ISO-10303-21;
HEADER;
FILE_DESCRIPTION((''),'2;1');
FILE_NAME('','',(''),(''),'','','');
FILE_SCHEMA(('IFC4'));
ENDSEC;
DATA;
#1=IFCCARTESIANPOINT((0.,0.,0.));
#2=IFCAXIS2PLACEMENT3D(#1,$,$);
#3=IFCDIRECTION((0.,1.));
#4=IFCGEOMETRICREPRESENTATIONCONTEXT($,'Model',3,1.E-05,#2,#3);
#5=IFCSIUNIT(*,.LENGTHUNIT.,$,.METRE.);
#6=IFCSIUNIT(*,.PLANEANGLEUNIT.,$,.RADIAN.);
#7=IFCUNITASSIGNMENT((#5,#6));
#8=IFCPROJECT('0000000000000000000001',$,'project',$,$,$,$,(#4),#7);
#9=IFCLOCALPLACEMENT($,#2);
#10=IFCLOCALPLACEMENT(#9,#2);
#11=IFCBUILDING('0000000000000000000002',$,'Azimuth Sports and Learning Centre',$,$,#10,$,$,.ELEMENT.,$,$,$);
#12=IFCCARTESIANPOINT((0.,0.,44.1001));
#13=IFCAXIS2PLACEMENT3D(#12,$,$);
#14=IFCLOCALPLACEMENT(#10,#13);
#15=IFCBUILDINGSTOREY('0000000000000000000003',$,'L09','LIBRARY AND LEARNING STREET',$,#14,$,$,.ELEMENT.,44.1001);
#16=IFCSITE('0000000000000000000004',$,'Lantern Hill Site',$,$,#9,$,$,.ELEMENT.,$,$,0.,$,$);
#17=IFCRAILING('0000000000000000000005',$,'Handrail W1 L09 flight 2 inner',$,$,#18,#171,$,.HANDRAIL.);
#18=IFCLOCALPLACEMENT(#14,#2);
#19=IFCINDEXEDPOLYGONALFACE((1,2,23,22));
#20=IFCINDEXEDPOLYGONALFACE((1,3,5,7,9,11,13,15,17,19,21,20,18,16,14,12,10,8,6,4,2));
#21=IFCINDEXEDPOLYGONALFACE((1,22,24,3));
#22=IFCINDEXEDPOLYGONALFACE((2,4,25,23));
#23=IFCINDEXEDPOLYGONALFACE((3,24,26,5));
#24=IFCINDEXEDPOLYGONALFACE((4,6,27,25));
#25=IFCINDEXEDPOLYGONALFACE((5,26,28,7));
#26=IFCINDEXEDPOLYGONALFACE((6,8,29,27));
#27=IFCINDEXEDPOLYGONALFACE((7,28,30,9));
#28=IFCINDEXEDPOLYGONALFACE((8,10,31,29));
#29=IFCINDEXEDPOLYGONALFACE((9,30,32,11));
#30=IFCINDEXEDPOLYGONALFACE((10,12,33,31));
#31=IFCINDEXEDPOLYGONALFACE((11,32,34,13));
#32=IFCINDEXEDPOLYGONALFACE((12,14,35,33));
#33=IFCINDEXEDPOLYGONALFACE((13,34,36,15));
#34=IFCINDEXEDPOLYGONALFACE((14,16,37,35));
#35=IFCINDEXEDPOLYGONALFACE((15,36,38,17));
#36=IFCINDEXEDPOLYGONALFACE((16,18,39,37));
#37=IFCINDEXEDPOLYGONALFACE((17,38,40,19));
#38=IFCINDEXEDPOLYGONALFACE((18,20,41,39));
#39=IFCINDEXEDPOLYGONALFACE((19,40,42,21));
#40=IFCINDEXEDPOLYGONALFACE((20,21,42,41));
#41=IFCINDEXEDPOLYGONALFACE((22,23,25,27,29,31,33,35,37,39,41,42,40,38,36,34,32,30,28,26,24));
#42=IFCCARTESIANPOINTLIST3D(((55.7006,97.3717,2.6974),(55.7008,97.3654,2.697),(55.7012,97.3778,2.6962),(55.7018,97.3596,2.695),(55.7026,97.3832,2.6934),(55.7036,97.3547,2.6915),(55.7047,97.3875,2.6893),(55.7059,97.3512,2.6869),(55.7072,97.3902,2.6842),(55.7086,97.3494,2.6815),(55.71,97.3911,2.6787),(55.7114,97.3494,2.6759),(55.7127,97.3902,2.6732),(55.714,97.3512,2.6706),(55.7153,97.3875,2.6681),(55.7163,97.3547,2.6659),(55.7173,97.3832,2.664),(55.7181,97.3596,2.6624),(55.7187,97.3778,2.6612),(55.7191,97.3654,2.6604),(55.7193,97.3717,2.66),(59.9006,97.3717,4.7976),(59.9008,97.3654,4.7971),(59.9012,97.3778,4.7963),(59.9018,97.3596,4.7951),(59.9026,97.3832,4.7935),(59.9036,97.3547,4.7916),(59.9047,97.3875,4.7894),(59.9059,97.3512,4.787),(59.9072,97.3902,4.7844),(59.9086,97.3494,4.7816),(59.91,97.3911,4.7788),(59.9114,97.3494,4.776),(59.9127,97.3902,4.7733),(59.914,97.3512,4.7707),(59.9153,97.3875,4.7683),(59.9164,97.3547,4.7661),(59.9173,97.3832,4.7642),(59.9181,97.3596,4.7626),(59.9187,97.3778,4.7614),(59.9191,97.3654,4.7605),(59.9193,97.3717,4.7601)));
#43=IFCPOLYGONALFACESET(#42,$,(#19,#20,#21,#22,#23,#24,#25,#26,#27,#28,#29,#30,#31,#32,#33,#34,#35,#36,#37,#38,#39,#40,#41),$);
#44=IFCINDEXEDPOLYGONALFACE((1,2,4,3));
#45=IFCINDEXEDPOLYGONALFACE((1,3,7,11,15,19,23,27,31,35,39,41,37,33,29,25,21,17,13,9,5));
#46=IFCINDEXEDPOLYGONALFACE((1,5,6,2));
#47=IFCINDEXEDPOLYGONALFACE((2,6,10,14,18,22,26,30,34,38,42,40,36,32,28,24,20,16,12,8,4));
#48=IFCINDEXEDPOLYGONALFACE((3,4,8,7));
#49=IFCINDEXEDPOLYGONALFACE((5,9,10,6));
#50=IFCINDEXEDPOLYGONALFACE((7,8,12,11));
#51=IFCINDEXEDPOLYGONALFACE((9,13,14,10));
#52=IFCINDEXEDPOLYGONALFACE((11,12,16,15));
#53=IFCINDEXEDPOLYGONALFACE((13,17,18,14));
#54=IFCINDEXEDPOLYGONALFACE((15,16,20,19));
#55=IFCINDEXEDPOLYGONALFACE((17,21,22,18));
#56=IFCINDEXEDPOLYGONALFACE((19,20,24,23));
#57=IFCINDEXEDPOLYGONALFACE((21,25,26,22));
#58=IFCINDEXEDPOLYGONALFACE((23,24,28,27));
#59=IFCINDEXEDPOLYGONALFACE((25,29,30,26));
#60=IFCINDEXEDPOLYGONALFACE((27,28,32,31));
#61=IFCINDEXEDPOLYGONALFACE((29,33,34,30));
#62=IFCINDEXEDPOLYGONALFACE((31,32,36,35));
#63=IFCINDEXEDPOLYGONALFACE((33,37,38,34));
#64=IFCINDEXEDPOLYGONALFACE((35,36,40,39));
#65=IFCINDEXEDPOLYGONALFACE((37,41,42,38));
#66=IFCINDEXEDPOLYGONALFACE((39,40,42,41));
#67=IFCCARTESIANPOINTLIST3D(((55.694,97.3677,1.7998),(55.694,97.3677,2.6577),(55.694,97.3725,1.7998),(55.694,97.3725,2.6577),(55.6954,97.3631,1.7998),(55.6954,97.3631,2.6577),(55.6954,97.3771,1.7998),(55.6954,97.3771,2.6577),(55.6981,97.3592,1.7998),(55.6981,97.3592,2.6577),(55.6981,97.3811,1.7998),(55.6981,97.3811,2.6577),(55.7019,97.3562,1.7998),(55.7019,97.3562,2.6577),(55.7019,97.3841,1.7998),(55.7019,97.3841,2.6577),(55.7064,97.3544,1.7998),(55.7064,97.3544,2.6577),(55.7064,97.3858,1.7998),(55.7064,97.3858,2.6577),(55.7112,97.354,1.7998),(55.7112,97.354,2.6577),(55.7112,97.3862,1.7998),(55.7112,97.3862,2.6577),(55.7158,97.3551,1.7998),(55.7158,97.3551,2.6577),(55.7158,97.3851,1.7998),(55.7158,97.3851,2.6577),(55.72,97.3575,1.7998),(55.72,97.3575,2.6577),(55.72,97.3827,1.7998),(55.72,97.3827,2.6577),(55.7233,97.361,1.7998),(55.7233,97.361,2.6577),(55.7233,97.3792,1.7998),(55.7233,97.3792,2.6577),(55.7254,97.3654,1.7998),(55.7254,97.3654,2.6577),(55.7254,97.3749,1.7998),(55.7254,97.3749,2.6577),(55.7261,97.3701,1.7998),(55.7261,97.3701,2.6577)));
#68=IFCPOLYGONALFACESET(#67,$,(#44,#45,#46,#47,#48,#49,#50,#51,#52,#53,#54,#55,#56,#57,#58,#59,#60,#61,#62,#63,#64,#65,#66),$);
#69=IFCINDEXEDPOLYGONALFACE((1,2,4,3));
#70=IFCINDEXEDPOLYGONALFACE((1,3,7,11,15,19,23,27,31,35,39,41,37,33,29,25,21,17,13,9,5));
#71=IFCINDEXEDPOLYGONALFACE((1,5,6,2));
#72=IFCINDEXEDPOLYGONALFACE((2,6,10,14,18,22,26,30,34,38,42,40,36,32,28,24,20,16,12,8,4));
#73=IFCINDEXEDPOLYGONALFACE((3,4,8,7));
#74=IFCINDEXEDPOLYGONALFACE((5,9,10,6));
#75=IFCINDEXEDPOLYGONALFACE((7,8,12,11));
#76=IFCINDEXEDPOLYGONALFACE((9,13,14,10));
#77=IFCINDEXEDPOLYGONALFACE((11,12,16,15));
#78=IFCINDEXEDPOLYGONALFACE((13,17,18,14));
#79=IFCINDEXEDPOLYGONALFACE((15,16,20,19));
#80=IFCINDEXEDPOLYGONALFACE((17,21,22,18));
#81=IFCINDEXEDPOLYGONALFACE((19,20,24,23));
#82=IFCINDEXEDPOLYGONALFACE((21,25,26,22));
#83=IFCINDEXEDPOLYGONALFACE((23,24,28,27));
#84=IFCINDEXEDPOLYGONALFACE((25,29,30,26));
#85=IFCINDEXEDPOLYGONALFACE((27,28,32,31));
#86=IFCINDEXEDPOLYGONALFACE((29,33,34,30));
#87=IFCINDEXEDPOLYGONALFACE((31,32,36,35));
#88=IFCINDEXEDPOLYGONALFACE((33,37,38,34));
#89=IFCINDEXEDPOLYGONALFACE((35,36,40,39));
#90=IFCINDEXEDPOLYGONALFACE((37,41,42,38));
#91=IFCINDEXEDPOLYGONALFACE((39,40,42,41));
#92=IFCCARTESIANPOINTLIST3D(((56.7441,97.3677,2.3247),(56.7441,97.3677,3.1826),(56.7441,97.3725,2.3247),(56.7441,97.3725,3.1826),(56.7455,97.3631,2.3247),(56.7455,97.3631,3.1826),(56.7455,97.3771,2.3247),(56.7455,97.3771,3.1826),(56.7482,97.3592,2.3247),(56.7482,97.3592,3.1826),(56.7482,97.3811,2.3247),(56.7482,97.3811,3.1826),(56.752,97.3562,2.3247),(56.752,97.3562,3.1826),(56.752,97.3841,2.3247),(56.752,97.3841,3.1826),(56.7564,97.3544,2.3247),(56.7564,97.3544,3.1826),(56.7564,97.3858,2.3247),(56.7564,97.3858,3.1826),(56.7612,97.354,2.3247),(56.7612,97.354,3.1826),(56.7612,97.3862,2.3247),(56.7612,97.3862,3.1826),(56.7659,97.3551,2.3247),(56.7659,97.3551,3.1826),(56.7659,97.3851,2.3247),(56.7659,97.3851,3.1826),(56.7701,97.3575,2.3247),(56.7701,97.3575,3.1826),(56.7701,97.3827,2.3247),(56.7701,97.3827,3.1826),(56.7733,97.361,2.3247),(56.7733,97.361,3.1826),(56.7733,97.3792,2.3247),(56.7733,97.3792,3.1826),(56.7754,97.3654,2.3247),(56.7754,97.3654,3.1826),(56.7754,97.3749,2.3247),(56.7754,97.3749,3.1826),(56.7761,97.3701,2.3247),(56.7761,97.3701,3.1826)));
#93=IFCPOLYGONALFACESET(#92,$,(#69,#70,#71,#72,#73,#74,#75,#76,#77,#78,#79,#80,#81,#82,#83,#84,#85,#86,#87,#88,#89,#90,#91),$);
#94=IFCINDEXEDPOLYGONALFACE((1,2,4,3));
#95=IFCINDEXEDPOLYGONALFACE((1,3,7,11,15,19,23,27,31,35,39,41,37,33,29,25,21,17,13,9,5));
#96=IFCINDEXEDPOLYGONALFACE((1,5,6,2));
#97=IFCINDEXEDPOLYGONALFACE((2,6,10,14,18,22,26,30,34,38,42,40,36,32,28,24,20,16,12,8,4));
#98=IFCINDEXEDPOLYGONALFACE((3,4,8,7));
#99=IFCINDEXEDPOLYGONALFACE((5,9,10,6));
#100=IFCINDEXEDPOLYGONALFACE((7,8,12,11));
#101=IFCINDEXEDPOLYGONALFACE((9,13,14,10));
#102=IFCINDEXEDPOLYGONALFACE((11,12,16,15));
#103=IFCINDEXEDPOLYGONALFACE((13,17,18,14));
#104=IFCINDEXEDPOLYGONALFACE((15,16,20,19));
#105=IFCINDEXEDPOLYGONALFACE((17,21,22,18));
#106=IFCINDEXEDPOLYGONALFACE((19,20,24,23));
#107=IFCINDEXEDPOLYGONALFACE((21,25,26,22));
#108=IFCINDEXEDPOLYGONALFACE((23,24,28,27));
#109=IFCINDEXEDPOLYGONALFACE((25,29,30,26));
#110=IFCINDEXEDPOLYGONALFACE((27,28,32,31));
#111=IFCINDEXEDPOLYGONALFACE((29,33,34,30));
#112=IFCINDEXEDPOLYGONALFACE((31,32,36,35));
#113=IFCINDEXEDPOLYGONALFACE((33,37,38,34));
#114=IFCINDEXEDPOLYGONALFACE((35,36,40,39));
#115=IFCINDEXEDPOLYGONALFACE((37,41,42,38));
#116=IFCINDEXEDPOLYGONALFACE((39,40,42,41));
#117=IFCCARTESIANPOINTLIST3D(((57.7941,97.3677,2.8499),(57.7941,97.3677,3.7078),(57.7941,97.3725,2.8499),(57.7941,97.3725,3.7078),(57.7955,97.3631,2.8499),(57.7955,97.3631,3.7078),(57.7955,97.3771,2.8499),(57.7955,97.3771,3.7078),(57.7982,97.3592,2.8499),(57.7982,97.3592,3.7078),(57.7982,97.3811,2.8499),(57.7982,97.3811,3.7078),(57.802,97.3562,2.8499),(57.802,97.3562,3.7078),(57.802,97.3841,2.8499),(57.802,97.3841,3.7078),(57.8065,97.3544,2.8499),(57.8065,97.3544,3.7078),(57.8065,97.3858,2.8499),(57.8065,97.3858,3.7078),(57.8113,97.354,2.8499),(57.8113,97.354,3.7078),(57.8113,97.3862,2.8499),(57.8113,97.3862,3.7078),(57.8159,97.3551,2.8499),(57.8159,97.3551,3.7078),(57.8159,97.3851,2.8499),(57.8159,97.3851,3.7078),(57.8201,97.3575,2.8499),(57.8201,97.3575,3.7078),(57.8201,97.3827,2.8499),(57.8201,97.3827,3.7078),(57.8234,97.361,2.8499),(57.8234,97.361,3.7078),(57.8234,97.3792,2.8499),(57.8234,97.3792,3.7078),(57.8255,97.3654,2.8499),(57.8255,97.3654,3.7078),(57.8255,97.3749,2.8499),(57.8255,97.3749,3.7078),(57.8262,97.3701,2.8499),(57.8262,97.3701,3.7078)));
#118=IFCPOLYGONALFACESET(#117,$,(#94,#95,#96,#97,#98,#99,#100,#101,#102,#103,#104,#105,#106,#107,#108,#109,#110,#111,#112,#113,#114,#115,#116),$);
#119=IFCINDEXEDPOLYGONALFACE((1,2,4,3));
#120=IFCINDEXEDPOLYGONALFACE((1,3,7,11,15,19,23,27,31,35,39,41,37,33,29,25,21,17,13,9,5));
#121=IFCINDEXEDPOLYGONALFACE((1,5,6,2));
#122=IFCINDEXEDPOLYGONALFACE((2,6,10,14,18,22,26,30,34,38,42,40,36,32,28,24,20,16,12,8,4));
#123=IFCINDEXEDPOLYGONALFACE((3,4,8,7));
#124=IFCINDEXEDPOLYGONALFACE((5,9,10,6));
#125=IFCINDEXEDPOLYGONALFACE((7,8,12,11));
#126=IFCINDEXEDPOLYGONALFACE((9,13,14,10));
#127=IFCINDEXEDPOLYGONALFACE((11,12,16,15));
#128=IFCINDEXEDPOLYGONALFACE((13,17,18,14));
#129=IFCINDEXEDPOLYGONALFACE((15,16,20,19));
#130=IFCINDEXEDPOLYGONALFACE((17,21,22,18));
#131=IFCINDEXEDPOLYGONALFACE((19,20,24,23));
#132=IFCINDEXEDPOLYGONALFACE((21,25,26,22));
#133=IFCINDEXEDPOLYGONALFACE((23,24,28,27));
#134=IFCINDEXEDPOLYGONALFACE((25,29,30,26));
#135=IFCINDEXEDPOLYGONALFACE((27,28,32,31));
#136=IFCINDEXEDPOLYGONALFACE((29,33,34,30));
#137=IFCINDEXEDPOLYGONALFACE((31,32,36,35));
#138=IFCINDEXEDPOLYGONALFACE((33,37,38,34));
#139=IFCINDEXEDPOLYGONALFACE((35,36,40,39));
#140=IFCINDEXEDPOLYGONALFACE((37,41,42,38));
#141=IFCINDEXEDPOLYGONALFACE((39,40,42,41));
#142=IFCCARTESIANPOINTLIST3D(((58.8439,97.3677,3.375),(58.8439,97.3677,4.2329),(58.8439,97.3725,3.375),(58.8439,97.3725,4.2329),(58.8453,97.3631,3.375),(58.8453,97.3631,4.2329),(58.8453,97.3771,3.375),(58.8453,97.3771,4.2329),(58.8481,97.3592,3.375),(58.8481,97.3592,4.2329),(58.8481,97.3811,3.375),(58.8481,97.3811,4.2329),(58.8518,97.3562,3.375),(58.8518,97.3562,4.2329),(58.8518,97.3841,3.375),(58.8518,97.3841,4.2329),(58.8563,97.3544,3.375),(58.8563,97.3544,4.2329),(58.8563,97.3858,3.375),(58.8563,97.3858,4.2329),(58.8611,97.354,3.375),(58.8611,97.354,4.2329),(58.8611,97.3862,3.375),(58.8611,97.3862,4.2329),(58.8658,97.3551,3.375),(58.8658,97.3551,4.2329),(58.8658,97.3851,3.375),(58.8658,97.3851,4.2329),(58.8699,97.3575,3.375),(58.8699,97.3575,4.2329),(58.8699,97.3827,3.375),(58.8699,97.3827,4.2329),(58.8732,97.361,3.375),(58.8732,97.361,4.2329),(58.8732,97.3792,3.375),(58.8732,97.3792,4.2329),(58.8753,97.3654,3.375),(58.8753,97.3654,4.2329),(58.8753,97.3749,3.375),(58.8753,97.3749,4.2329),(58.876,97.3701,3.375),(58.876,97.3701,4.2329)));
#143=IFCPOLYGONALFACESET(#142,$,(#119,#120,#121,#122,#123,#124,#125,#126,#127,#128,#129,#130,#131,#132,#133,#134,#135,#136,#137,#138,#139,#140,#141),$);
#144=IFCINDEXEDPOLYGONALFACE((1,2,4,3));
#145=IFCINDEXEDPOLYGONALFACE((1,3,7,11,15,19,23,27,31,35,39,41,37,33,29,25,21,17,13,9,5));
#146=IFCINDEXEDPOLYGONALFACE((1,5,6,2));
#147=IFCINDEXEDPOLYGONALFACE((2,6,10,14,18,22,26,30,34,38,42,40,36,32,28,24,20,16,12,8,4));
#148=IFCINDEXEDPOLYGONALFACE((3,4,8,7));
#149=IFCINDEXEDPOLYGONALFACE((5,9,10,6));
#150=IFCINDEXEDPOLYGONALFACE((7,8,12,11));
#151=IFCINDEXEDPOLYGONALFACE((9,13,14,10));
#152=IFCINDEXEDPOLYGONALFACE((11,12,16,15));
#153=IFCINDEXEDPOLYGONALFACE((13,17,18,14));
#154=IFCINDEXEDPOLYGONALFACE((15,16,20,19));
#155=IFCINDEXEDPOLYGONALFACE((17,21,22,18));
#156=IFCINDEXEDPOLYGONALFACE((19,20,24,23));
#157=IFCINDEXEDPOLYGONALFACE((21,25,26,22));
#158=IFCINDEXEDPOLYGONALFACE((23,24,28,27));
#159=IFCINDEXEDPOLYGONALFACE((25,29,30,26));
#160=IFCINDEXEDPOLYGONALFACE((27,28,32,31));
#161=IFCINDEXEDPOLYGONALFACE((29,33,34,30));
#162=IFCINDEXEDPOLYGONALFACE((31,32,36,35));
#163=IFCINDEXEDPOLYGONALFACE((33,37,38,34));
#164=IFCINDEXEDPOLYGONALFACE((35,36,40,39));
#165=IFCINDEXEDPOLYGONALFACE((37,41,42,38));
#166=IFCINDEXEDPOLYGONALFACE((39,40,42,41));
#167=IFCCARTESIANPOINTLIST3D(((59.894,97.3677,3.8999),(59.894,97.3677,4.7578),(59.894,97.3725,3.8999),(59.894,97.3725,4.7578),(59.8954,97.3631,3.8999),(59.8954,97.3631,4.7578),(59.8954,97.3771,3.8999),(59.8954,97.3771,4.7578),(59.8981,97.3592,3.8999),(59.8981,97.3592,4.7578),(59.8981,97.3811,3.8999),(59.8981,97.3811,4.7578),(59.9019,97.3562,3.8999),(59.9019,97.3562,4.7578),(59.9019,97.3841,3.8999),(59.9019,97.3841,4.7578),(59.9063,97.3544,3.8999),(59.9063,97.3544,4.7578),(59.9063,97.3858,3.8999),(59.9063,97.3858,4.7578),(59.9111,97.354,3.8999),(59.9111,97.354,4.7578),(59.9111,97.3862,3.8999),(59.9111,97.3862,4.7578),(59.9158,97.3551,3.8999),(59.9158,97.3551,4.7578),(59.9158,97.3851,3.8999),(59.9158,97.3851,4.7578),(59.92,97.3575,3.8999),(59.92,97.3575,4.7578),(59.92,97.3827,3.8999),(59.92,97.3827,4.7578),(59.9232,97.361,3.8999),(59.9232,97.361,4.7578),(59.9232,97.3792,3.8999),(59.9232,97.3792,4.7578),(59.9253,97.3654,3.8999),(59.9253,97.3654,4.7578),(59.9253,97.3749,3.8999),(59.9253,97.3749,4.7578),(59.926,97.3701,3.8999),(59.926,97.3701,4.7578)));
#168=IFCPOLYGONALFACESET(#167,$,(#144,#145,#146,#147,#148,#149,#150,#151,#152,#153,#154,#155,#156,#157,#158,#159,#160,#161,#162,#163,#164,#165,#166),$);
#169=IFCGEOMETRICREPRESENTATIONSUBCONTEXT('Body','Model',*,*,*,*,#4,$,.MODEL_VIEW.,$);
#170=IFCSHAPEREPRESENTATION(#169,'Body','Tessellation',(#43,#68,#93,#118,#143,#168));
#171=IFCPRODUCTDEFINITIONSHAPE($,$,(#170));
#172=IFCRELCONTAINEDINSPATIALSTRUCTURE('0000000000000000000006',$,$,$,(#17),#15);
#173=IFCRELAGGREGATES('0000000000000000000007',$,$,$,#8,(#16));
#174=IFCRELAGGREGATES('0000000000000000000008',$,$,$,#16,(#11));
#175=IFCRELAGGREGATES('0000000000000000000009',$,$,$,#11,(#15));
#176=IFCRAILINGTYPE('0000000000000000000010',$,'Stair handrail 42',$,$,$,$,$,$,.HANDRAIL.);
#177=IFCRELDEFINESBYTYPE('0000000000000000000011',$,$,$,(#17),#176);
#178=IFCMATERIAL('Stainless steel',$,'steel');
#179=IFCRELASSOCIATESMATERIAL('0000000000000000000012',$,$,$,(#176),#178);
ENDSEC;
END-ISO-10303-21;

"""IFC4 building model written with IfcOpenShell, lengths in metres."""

from ifc_helpers import new_model, si_unit, direction, frame, origin, origin_2d, place, context, subcontext, project, spatial, circle, extrude, material, type_object, element, save


model = new_model("IFC4")

# Units and contexts
model_context = context("Model", 3, precision=1e-05, world=origin(), true_north=direction((0.0, 1.0)))
body_context = subcontext(model_context, "Body", "Model", "MODEL_VIEW")
ifc_project = project(units=[si_unit("LENGTHUNIT", "METRE"), si_unit("PLANEANGLEUNIT", "RADIAN")], contexts=[model_context])

# Site, building, storey
site_placement = place(None, origin())
site = spatial("IfcSite", under=ifc_project, at=site_placement, Name="Lantern Hill Site", CompositionType="ELEMENT", RefElevation=0.0)
building_placement = place(site_placement, origin())
building = spatial("IfcBuilding", under=site, at=building_placement, Name="Azimuth Sports and Learning Centre", CompositionType="ELEMENT")
storey_placement = place(building_placement, frame((0.0, 0.0, 44.1001)))
storey = spatial("IfcBuildingStorey", under=building, at=storey_placement, Name="L09", Description="LIBRARY AND LEARNING STREET", CompositionType="ELEMENT", Elevation=44.1001)

# Railing
ifc_material_1 = material(Name="Stainless steel", Category="steel")
railing_type_1 = type_object("IfcRailingType", Name="Stair handrail 42", PredefinedType="HANDRAIL", material=ifc_material_1)
for number, where, name in (
    (1, (55.71, 97.3701, 1.7998), "Handrail W1 L09 flight 2 inner"),
):
    element("IfcRailing", number, at=place(storey_placement, frame(where)), inside=storey, type_object=railing_type_1, Name=name, PredefinedType="HANDRAIL", context=body_context, shape_type="SweptSolid", body=[
        extrude(circle(Radius=0.021, at=origin_2d()), frame((0.0, 0.0, 0.8789), z_axis=(0.894417, 0.0, 0.447234), x_axis=(0.0, 1.0, 0.0)), (0.0, 0.0, 1.0), 4.6958),
        extrude(circle(Radius=0.0161, at=origin_2d()), origin(), (0.0, 0.0, 1.0), 0.8579),
        extrude(circle(Radius=0.0161, at=origin_2d()), frame((1.05, 0.0, 0.5249)), (0.0, 0.0, 1.0), 0.8579),
        extrude(circle(Radius=0.0161, at=origin_2d()), frame((2.1001, 0.0, 1.05)), (0.0, 0.0, 1.0), 0.8579),
        extrude(circle(Radius=0.0161, at=origin_2d()), frame((3.1499, 0.0, 1.5752)), (0.0, 0.0, 1.0), 0.8579),
        extrude(circle(Radius=0.0161, at=origin_2d()), frame((4.2, 0.0, 2.1001)), (0.0, 0.0, 1.0), 0.8579),
    ])

save(model, "model.ifc")
